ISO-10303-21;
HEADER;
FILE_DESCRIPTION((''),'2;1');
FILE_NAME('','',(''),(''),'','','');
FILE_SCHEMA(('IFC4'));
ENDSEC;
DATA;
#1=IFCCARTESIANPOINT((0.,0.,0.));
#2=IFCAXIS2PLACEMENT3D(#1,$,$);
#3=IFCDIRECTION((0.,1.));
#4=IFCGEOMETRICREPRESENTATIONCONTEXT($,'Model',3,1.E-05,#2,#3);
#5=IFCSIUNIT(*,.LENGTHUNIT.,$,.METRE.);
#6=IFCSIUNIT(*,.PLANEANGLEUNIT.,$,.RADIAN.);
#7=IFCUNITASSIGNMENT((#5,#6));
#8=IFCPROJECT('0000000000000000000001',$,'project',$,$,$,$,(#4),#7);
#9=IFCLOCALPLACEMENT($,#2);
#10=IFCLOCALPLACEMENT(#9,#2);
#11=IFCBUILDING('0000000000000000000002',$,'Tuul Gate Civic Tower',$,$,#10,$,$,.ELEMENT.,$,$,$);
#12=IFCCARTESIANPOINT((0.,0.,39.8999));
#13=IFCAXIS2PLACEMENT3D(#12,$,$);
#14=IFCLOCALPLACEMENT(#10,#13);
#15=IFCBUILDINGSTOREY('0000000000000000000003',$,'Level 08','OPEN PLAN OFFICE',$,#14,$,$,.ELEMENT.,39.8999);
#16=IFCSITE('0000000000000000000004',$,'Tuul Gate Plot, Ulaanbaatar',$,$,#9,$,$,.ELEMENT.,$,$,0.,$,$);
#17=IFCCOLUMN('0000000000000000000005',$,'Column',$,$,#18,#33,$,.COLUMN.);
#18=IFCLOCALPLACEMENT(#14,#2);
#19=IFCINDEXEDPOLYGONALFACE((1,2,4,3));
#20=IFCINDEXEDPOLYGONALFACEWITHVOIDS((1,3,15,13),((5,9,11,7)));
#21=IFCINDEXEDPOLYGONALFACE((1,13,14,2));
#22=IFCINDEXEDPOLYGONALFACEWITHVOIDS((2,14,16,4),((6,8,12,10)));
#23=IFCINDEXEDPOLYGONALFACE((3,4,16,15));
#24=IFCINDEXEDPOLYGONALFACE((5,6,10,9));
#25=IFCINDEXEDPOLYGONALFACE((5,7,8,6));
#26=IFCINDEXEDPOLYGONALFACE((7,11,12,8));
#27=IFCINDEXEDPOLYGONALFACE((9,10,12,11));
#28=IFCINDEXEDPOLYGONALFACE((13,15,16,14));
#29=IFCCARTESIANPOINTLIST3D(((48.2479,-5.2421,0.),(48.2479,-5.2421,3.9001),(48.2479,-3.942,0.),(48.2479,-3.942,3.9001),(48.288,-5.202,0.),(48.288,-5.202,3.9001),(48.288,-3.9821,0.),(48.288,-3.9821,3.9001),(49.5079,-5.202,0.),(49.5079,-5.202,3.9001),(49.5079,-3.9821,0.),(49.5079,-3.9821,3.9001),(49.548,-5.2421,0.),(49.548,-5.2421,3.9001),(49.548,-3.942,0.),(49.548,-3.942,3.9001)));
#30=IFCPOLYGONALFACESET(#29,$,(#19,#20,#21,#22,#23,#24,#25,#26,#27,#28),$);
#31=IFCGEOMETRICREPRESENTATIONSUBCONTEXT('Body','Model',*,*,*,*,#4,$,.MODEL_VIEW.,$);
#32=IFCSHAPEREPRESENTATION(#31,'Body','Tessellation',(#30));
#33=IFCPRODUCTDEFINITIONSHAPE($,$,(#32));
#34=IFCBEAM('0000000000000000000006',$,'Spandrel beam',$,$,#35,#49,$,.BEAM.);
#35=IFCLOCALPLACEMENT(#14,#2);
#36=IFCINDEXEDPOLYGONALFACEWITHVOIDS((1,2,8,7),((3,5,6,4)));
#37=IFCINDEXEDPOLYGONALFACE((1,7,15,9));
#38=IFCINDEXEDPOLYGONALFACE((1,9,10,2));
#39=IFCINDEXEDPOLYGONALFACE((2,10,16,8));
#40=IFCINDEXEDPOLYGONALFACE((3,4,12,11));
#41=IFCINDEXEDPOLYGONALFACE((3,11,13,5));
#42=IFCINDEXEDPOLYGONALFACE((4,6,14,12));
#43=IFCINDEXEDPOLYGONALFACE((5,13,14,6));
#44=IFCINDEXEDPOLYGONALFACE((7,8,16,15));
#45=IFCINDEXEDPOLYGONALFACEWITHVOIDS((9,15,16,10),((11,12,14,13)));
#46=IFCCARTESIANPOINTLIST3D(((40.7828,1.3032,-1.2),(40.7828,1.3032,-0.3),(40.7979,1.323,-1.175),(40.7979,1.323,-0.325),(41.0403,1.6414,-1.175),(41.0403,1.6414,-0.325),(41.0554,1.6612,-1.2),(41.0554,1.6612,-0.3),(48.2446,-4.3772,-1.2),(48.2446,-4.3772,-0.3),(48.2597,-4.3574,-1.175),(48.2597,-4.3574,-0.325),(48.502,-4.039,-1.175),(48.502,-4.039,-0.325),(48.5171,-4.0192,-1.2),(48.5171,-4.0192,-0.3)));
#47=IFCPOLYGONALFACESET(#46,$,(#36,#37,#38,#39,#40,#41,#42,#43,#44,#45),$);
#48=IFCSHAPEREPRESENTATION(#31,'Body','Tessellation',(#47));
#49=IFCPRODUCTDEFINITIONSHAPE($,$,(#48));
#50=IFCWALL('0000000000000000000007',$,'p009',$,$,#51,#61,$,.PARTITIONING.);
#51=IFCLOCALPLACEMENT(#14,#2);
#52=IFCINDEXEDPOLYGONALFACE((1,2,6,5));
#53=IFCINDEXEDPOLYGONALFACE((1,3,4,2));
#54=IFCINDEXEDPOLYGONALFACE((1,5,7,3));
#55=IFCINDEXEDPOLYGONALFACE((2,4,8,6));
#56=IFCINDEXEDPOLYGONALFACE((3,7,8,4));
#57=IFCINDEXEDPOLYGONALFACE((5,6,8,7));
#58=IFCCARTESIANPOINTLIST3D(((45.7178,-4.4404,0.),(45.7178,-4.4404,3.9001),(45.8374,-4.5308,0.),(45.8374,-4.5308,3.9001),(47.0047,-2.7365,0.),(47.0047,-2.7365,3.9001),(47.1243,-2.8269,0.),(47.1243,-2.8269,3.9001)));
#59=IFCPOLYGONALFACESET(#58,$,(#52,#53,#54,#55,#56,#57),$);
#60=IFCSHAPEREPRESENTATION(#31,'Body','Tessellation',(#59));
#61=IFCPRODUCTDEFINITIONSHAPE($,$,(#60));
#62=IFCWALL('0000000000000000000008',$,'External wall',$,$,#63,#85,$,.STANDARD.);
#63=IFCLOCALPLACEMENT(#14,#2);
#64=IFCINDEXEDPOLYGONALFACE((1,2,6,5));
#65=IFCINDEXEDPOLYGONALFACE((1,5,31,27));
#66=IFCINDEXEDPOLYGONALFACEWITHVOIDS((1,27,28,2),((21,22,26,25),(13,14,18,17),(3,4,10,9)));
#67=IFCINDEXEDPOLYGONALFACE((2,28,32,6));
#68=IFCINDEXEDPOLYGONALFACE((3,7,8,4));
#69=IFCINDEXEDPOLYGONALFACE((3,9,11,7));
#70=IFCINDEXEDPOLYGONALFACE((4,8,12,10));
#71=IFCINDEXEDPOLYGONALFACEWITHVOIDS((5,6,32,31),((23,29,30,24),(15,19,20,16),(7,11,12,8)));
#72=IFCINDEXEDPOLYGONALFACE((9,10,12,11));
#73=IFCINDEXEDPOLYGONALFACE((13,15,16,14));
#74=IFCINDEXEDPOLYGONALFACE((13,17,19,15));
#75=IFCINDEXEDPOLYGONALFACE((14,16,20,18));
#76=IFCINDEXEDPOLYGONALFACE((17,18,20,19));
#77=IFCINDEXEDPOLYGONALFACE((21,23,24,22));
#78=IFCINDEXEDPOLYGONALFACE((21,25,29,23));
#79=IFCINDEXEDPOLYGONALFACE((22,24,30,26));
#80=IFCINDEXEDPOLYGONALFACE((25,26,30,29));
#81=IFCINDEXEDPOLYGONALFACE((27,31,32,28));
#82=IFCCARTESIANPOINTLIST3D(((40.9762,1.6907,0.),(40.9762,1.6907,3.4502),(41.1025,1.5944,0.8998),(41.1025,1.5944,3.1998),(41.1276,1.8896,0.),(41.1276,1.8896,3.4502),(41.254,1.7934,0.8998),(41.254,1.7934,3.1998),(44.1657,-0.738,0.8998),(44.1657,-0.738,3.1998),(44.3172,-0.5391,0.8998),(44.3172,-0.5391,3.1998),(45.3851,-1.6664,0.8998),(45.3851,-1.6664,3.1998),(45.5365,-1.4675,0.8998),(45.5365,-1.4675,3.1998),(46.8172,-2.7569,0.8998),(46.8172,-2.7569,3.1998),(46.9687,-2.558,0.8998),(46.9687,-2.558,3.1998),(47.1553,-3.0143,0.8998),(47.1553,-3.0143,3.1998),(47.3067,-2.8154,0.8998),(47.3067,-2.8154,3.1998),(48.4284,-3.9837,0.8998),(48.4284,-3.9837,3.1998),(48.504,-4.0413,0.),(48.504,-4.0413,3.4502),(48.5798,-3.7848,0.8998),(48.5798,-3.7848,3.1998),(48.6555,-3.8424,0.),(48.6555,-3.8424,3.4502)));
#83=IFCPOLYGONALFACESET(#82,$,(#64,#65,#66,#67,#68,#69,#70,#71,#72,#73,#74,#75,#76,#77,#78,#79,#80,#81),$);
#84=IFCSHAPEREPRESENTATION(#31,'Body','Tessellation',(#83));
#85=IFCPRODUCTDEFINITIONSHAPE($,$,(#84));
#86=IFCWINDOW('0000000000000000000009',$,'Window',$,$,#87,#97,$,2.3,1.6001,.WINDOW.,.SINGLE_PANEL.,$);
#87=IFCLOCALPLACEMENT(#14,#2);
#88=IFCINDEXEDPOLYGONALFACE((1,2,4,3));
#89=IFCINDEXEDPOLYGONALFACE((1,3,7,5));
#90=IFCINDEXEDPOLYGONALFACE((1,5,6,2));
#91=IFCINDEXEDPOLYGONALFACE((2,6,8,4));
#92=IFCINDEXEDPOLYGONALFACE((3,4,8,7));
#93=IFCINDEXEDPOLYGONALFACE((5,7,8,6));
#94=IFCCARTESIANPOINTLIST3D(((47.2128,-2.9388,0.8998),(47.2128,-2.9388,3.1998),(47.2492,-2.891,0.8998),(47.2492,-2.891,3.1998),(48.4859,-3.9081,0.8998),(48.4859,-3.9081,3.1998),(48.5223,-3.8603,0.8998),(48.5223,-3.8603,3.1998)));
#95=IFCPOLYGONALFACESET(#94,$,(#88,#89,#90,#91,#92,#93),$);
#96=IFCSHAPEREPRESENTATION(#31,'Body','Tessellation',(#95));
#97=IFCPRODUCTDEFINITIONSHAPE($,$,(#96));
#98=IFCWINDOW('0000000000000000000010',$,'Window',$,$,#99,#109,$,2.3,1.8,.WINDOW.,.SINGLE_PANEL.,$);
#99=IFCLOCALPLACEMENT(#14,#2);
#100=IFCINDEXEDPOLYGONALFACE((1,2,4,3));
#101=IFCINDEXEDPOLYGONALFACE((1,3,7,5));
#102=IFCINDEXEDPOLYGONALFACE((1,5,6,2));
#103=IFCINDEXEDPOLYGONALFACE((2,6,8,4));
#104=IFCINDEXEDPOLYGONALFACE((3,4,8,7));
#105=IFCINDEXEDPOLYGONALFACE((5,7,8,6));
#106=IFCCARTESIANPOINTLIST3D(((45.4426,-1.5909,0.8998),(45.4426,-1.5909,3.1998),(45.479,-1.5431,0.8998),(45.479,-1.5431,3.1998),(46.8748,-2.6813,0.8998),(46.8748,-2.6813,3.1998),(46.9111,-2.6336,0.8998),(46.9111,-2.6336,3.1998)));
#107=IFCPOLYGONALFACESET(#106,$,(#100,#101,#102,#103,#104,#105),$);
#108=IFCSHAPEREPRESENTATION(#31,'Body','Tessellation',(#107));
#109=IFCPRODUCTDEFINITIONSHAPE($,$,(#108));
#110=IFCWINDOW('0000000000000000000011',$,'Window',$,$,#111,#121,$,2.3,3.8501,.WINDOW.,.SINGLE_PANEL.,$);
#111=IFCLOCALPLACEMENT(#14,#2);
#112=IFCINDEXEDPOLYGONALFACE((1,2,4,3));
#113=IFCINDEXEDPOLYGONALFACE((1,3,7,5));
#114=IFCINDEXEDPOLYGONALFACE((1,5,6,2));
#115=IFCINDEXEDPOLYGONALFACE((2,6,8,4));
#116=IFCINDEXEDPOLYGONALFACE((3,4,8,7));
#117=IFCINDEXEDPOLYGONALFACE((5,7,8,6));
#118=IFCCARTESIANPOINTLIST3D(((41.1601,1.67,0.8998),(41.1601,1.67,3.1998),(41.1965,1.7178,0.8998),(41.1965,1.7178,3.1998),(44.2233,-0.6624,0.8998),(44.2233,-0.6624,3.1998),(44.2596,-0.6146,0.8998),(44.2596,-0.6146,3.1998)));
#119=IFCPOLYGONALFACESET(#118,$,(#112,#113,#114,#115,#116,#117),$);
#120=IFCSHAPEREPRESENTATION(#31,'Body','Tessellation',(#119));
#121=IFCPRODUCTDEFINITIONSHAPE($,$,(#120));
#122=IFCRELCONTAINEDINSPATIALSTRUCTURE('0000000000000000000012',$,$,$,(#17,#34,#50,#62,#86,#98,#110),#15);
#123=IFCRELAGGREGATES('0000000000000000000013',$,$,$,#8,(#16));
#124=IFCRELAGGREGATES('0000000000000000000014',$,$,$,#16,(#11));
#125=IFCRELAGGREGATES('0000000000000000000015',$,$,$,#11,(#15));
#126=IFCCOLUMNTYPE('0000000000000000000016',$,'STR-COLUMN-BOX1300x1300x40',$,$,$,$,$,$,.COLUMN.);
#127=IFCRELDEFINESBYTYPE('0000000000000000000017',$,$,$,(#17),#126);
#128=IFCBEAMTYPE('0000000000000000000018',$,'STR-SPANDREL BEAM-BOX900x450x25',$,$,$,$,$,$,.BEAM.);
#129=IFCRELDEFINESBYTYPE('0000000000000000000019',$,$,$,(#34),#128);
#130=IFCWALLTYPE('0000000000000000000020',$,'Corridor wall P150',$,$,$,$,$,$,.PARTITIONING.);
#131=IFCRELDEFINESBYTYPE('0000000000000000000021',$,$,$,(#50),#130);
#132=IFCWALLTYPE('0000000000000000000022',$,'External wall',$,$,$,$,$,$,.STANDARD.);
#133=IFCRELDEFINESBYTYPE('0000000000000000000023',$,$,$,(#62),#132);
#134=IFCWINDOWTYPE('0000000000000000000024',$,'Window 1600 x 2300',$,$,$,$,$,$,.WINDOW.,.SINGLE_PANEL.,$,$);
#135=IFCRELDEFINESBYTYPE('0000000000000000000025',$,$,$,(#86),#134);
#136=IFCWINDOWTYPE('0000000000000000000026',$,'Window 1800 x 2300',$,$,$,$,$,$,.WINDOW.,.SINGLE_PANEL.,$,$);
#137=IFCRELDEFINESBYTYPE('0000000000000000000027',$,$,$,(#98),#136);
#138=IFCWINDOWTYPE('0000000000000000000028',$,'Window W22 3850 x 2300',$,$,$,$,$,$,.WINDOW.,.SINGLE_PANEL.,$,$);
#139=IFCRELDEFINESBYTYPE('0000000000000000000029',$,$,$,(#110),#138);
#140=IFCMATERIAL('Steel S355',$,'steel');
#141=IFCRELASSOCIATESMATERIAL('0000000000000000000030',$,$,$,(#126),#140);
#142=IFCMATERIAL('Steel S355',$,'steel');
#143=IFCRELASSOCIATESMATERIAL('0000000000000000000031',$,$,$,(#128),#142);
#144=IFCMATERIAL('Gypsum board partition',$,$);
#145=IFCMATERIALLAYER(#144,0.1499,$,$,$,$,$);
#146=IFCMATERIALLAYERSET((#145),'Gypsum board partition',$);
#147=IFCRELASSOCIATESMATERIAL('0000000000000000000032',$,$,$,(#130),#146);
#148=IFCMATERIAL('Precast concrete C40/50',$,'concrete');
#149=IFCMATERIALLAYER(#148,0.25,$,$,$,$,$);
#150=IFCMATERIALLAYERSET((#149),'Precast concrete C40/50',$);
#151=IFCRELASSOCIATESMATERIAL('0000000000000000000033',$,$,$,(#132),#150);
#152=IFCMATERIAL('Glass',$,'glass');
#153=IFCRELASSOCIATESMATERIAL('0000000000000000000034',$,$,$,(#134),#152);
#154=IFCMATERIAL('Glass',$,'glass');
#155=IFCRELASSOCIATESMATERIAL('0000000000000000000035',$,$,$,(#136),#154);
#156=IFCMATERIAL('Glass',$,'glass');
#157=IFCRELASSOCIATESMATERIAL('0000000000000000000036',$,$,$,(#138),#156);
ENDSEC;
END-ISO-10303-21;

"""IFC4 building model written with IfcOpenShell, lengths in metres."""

from ifc_helpers import new_model, si_unit, direction, frame, frame_2d, origin, origin_2d, place, context, subcontext, project, spatial, rectangle, hollow_rectangle, extrude, material, layer, layer_set, material_profile, profile_set, type_object, element, fill, save


model = new_model("IFC4")

# Units and contexts
model_context = context("Model", 3, precision=1e-05, world=origin(), true_north=direction((0.0, 1.0)))
body_context = subcontext(model_context, "Body", "Model", "MODEL_VIEW")
ifc_project = project(units=[si_unit("LENGTHUNIT", "METRE"), si_unit("PLANEANGLEUNIT", "RADIAN")], contexts=[model_context])

# Site, building, storey
site_placement = place(None, origin())
site = spatial("IfcSite", under=ifc_project, at=site_placement, Name="Tuul Gate Plot, Ulaanbaatar", CompositionType="ELEMENT", RefElevation=0.0)
building_placement = place(site_placement, origin())
building = spatial("IfcBuilding", under=site, at=building_placement, Name="Tuul Gate Civic Tower", CompositionType="ELEMENT")
storey_placement = place(building_placement, frame((0.0, 0.0, 39.8999)))
storey = spatial("IfcBuildingStorey", under=building, at=storey_placement, Name="Level 08", Description="OPEN PLAN OFFICE", CompositionType="ELEMENT", Elevation=39.8999)

# Column
ifc_material_1 = material(Name="Steel S355", Category="steel")
ifc_material_profile_1 = material_profile(ifc_material_1, hollow_rectangle(XDim=1.3, YDim=1.3, WallThickness=0.04, at=origin_2d()), Name="BOX1300x1300x40")
ifc_profile_set_1 = profile_set([ifc_material_profile_1], Name="Steel S355")
column_type = type_object("IfcColumnType", Name="STR-COLUMN-BOX1300x1300x40", PredefinedType="COLUMN", material=ifc_profile_set_1)
column_placement = place(storey_placement, frame((48.8979, -4.592, 0.0), z_axis=(0.0, 0.0, 1.0), x_axis=(1.0, 0.0, 0.0)))
element("IfcColumn", 1, at=column_placement, inside=storey, type_object=column_type, Name="Column", PredefinedType="COLUMN", context=body_context, shape_type="SweptSolid", body=[
    extrude(hollow_rectangle(XDim=1.3, YDim=1.3, WallThickness=0.04, at=origin_2d()), origin(), (0.0, 0.0, 1.0), 3.9001),
])

# Beam
ifc_material_2 = material(Name="Steel S355", Category="steel")
ifc_material_profile_2 = material_profile(ifc_material_2, hollow_rectangle(XDim=0.45, YDim=0.8999, WallThickness=0.0249, at=origin_2d()), Name="BOX900x450x25")
ifc_profile_set_2 = profile_set([ifc_material_profile_2], Name="Steel S355")
beam_type = type_object("IfcBeamType", Name="STR-SPANDREL BEAM-BOX900x450x25", PredefinedType="BEAM", material=ifc_profile_set_2)
beam_placement = place(storey_placement, frame((48.3809, -4.1982, -0.75), z_axis=(-0.795671, 0.605729, 0.0), x_axis=(-0.605729, -0.795671, 0.0)))
element("IfcBeam", 2, at=beam_placement, inside=storey, type_object=beam_type, Name="Spandrel beam", PredefinedType="BEAM", context=body_context, shape_type="SweptSolid", body=[
    extrude(hollow_rectangle(XDim=0.45, YDim=0.8999, WallThickness=0.0249, at=origin_2d()), origin(), (0.0, 0.0, 1.0), 9.3779),
])

# Wall
ifc_material_3 = material(Name="Gypsum board partition")
ifc_layer_1 = layer(ifc_material_3, 0.1499)
ifc_layer_set_1 = layer_set([ifc_layer_1], Name="Gypsum board partition")
wall_type_1 = type_object("IfcWallType", Name="Corridor wall P150", PredefinedType="PARTITIONING", material=ifc_layer_set_1)
wall_1_placement = place(storey_placement, frame((45.7776, -4.4856, 0.0), z_axis=(0.0, 0.0, 1.0), x_axis=(0.602686, 0.797979, 0.0)))
element("IfcWall", 3, at=wall_1_placement, inside=storey, type_object=wall_type_1, Name="p009", PredefinedType="PARTITIONING", context=body_context, shape_type="SweptSolid", body=[
    extrude(rectangle(XDim=2.1353, YDim=0.1499, at=frame_2d((1.0676, 0.0))), origin(), (0.0, 0.0, 1.0), 3.9001),
])

# Wall, openings, windows
ifc_material_4 = material(Name="Precast concrete C40/50", Category="concrete")
ifc_layer_2 = layer(ifc_material_4, 0.25)
ifc_layer_set_2 = layer_set([ifc_layer_2], Name="Precast concrete C40/50")
wall_type_2 = type_object("IfcWallType", Name="External wall", PredefinedType="STANDARD", material=ifc_layer_set_2)
wall_2_placement = place(storey_placement, frame((48.5798, -3.9419, 0.0), z_axis=(0.0, 0.0, 1.0), x_axis=(-0.795613, 0.605805, 0.0)))
wall_2 = element("IfcWall", 4, at=wall_2_placement, inside=storey, type_object=wall_type_2, Name="External wall", PredefinedType="STANDARD", context=body_context, shape_type="SweptSolid", body=[
    extrude(rectangle(XDim=9.4617, YDim=0.25, at=frame_2d((4.731, 0.0))), origin(), (0.0, 0.0, 1.0), 3.4502),
])
opening_1_placement = place(wall_2_placement, frame((5.4529, 0.0, 0.8999)))
opening_1 = element("IfcOpeningElement", 5, at=opening_1_placement, cuts=wall_2, PredefinedType="OPENING", context=body_context, shape_type="SweptSolid", body=[
    extrude(rectangle(XDim=3.8501, YDim=2.3, at=frame_2d((1.925, 1.1499))), frame((0.0, 0.135, 0.0), z_axis=(0.0, -1.0, 0.0), x_axis=(1.0, 0.0, 0.0)), (0.0, 0.0, 1.0), 0.27),
])
opening_2_placement = place(wall_2_placement, frame((0.0952, 0.0, 0.8999)))
opening_2 = element("IfcOpeningElement", 6, at=opening_2_placement, cuts=wall_2, PredefinedType="OPENING", context=body_context, shape_type="SweptSolid", body=[
    extrude(rectangle(XDim=1.6001, YDim=2.3, at=frame_2d((0.8, 1.1499))), frame((0.0, 0.135, 0.0), z_axis=(0.0, -1.0, 0.0), x_axis=(1.0, 0.0, 0.0)), (0.0, 0.0, 1.0), 0.27),
])
opening_3_placement = place(wall_2_placement, frame((2.1204, 0.0, 0.8999)))
opening_3 = element("IfcOpeningElement", 7, at=opening_3_placement, cuts=wall_2, PredefinedType="OPENING", context=body_context, shape_type="SweptSolid", body=[
    extrude(rectangle(XDim=1.8, YDim=2.3, at=frame_2d((0.8999, 1.1499))), frame((0.0, 0.135, 0.0), z_axis=(0.0, -1.0, 0.0), x_axis=(1.0, 0.0, 0.0)), (0.0, 0.0, 1.0), 0.27),
])
ifc_material_5 = material(Name="Glass", Category="glass")
window_type_1 = type_object("IfcWindowType", Name="Window 1600 x 2300", PartitioningType="SINGLE_PANEL", PredefinedType="WINDOW", material=ifc_material_5)
window_1_placement = place(opening_2_placement, origin())
window_1 = element("IfcWindow", 8, at=window_1_placement, inside=storey, type_object=window_type_1, Name="Window", OverallHeight=2.3, OverallWidth=1.6001, PartitioningType="SINGLE_PANEL", PredefinedType="WINDOW", context=body_context, shape_type="SweptSolid", body=[
    extrude(rectangle(XDim=1.6001, YDim=2.3, at=frame_2d((0.8, 1.1499))), frame((0.0, 0.03, 0.0), z_axis=(0.0, -1.0, 0.0), x_axis=(1.0, 0.0, 0.0)), (0.0, 0.0, 1.0), 0.0601),
])
fill(opening_2, window_1)
ifc_material_6 = material(Name="Glass", Category="glass")
window_type_2 = type_object("IfcWindowType", Name="Window 1800 x 2300", PartitioningType="SINGLE_PANEL", PredefinedType="WINDOW", material=ifc_material_6)
window_2_placement = place(opening_3_placement, origin())
window_2 = element("IfcWindow", 9, at=window_2_placement, inside=storey, type_object=window_type_2, Name="Window", OverallHeight=2.3, OverallWidth=1.8, PartitioningType="SINGLE_PANEL", PredefinedType="WINDOW", context=body_context, shape_type="SweptSolid", body=[
    extrude(rectangle(XDim=1.8, YDim=2.3, at=frame_2d((0.8999, 1.1499))), frame((0.0, 0.03, 0.0), z_axis=(0.0, -1.0, 0.0), x_axis=(1.0, 0.0, 0.0)), (0.0, 0.0, 1.0), 0.0601),
])
fill(opening_3, window_2)
ifc_material_7 = material(Name="Glass", Category="glass")
window_type_3 = type_object("IfcWindowType", Name="Window W22 3850 x 2300", PartitioningType="SINGLE_PANEL", PredefinedType="WINDOW", material=ifc_material_7)
window_3_placement = place(opening_1_placement, origin())
window_3 = element("IfcWindow", 10, at=window_3_placement, inside=storey, type_object=window_type_3, Name="Window", OverallHeight=2.3, OverallWidth=3.8501, PartitioningType="SINGLE_PANEL", PredefinedType="WINDOW", context=body_context, shape_type="SweptSolid", body=[
    extrude(rectangle(XDim=3.8501, YDim=2.3, at=frame_2d((1.925, 1.1499))), frame((0.0, 0.03, 0.0), z_axis=(0.0, -1.0, 0.0), x_axis=(1.0, 0.0, 0.0)), (0.0, 0.0, 1.0), 0.0601),
])
fill(opening_1, window_3)

save(model, "model.ifc")
